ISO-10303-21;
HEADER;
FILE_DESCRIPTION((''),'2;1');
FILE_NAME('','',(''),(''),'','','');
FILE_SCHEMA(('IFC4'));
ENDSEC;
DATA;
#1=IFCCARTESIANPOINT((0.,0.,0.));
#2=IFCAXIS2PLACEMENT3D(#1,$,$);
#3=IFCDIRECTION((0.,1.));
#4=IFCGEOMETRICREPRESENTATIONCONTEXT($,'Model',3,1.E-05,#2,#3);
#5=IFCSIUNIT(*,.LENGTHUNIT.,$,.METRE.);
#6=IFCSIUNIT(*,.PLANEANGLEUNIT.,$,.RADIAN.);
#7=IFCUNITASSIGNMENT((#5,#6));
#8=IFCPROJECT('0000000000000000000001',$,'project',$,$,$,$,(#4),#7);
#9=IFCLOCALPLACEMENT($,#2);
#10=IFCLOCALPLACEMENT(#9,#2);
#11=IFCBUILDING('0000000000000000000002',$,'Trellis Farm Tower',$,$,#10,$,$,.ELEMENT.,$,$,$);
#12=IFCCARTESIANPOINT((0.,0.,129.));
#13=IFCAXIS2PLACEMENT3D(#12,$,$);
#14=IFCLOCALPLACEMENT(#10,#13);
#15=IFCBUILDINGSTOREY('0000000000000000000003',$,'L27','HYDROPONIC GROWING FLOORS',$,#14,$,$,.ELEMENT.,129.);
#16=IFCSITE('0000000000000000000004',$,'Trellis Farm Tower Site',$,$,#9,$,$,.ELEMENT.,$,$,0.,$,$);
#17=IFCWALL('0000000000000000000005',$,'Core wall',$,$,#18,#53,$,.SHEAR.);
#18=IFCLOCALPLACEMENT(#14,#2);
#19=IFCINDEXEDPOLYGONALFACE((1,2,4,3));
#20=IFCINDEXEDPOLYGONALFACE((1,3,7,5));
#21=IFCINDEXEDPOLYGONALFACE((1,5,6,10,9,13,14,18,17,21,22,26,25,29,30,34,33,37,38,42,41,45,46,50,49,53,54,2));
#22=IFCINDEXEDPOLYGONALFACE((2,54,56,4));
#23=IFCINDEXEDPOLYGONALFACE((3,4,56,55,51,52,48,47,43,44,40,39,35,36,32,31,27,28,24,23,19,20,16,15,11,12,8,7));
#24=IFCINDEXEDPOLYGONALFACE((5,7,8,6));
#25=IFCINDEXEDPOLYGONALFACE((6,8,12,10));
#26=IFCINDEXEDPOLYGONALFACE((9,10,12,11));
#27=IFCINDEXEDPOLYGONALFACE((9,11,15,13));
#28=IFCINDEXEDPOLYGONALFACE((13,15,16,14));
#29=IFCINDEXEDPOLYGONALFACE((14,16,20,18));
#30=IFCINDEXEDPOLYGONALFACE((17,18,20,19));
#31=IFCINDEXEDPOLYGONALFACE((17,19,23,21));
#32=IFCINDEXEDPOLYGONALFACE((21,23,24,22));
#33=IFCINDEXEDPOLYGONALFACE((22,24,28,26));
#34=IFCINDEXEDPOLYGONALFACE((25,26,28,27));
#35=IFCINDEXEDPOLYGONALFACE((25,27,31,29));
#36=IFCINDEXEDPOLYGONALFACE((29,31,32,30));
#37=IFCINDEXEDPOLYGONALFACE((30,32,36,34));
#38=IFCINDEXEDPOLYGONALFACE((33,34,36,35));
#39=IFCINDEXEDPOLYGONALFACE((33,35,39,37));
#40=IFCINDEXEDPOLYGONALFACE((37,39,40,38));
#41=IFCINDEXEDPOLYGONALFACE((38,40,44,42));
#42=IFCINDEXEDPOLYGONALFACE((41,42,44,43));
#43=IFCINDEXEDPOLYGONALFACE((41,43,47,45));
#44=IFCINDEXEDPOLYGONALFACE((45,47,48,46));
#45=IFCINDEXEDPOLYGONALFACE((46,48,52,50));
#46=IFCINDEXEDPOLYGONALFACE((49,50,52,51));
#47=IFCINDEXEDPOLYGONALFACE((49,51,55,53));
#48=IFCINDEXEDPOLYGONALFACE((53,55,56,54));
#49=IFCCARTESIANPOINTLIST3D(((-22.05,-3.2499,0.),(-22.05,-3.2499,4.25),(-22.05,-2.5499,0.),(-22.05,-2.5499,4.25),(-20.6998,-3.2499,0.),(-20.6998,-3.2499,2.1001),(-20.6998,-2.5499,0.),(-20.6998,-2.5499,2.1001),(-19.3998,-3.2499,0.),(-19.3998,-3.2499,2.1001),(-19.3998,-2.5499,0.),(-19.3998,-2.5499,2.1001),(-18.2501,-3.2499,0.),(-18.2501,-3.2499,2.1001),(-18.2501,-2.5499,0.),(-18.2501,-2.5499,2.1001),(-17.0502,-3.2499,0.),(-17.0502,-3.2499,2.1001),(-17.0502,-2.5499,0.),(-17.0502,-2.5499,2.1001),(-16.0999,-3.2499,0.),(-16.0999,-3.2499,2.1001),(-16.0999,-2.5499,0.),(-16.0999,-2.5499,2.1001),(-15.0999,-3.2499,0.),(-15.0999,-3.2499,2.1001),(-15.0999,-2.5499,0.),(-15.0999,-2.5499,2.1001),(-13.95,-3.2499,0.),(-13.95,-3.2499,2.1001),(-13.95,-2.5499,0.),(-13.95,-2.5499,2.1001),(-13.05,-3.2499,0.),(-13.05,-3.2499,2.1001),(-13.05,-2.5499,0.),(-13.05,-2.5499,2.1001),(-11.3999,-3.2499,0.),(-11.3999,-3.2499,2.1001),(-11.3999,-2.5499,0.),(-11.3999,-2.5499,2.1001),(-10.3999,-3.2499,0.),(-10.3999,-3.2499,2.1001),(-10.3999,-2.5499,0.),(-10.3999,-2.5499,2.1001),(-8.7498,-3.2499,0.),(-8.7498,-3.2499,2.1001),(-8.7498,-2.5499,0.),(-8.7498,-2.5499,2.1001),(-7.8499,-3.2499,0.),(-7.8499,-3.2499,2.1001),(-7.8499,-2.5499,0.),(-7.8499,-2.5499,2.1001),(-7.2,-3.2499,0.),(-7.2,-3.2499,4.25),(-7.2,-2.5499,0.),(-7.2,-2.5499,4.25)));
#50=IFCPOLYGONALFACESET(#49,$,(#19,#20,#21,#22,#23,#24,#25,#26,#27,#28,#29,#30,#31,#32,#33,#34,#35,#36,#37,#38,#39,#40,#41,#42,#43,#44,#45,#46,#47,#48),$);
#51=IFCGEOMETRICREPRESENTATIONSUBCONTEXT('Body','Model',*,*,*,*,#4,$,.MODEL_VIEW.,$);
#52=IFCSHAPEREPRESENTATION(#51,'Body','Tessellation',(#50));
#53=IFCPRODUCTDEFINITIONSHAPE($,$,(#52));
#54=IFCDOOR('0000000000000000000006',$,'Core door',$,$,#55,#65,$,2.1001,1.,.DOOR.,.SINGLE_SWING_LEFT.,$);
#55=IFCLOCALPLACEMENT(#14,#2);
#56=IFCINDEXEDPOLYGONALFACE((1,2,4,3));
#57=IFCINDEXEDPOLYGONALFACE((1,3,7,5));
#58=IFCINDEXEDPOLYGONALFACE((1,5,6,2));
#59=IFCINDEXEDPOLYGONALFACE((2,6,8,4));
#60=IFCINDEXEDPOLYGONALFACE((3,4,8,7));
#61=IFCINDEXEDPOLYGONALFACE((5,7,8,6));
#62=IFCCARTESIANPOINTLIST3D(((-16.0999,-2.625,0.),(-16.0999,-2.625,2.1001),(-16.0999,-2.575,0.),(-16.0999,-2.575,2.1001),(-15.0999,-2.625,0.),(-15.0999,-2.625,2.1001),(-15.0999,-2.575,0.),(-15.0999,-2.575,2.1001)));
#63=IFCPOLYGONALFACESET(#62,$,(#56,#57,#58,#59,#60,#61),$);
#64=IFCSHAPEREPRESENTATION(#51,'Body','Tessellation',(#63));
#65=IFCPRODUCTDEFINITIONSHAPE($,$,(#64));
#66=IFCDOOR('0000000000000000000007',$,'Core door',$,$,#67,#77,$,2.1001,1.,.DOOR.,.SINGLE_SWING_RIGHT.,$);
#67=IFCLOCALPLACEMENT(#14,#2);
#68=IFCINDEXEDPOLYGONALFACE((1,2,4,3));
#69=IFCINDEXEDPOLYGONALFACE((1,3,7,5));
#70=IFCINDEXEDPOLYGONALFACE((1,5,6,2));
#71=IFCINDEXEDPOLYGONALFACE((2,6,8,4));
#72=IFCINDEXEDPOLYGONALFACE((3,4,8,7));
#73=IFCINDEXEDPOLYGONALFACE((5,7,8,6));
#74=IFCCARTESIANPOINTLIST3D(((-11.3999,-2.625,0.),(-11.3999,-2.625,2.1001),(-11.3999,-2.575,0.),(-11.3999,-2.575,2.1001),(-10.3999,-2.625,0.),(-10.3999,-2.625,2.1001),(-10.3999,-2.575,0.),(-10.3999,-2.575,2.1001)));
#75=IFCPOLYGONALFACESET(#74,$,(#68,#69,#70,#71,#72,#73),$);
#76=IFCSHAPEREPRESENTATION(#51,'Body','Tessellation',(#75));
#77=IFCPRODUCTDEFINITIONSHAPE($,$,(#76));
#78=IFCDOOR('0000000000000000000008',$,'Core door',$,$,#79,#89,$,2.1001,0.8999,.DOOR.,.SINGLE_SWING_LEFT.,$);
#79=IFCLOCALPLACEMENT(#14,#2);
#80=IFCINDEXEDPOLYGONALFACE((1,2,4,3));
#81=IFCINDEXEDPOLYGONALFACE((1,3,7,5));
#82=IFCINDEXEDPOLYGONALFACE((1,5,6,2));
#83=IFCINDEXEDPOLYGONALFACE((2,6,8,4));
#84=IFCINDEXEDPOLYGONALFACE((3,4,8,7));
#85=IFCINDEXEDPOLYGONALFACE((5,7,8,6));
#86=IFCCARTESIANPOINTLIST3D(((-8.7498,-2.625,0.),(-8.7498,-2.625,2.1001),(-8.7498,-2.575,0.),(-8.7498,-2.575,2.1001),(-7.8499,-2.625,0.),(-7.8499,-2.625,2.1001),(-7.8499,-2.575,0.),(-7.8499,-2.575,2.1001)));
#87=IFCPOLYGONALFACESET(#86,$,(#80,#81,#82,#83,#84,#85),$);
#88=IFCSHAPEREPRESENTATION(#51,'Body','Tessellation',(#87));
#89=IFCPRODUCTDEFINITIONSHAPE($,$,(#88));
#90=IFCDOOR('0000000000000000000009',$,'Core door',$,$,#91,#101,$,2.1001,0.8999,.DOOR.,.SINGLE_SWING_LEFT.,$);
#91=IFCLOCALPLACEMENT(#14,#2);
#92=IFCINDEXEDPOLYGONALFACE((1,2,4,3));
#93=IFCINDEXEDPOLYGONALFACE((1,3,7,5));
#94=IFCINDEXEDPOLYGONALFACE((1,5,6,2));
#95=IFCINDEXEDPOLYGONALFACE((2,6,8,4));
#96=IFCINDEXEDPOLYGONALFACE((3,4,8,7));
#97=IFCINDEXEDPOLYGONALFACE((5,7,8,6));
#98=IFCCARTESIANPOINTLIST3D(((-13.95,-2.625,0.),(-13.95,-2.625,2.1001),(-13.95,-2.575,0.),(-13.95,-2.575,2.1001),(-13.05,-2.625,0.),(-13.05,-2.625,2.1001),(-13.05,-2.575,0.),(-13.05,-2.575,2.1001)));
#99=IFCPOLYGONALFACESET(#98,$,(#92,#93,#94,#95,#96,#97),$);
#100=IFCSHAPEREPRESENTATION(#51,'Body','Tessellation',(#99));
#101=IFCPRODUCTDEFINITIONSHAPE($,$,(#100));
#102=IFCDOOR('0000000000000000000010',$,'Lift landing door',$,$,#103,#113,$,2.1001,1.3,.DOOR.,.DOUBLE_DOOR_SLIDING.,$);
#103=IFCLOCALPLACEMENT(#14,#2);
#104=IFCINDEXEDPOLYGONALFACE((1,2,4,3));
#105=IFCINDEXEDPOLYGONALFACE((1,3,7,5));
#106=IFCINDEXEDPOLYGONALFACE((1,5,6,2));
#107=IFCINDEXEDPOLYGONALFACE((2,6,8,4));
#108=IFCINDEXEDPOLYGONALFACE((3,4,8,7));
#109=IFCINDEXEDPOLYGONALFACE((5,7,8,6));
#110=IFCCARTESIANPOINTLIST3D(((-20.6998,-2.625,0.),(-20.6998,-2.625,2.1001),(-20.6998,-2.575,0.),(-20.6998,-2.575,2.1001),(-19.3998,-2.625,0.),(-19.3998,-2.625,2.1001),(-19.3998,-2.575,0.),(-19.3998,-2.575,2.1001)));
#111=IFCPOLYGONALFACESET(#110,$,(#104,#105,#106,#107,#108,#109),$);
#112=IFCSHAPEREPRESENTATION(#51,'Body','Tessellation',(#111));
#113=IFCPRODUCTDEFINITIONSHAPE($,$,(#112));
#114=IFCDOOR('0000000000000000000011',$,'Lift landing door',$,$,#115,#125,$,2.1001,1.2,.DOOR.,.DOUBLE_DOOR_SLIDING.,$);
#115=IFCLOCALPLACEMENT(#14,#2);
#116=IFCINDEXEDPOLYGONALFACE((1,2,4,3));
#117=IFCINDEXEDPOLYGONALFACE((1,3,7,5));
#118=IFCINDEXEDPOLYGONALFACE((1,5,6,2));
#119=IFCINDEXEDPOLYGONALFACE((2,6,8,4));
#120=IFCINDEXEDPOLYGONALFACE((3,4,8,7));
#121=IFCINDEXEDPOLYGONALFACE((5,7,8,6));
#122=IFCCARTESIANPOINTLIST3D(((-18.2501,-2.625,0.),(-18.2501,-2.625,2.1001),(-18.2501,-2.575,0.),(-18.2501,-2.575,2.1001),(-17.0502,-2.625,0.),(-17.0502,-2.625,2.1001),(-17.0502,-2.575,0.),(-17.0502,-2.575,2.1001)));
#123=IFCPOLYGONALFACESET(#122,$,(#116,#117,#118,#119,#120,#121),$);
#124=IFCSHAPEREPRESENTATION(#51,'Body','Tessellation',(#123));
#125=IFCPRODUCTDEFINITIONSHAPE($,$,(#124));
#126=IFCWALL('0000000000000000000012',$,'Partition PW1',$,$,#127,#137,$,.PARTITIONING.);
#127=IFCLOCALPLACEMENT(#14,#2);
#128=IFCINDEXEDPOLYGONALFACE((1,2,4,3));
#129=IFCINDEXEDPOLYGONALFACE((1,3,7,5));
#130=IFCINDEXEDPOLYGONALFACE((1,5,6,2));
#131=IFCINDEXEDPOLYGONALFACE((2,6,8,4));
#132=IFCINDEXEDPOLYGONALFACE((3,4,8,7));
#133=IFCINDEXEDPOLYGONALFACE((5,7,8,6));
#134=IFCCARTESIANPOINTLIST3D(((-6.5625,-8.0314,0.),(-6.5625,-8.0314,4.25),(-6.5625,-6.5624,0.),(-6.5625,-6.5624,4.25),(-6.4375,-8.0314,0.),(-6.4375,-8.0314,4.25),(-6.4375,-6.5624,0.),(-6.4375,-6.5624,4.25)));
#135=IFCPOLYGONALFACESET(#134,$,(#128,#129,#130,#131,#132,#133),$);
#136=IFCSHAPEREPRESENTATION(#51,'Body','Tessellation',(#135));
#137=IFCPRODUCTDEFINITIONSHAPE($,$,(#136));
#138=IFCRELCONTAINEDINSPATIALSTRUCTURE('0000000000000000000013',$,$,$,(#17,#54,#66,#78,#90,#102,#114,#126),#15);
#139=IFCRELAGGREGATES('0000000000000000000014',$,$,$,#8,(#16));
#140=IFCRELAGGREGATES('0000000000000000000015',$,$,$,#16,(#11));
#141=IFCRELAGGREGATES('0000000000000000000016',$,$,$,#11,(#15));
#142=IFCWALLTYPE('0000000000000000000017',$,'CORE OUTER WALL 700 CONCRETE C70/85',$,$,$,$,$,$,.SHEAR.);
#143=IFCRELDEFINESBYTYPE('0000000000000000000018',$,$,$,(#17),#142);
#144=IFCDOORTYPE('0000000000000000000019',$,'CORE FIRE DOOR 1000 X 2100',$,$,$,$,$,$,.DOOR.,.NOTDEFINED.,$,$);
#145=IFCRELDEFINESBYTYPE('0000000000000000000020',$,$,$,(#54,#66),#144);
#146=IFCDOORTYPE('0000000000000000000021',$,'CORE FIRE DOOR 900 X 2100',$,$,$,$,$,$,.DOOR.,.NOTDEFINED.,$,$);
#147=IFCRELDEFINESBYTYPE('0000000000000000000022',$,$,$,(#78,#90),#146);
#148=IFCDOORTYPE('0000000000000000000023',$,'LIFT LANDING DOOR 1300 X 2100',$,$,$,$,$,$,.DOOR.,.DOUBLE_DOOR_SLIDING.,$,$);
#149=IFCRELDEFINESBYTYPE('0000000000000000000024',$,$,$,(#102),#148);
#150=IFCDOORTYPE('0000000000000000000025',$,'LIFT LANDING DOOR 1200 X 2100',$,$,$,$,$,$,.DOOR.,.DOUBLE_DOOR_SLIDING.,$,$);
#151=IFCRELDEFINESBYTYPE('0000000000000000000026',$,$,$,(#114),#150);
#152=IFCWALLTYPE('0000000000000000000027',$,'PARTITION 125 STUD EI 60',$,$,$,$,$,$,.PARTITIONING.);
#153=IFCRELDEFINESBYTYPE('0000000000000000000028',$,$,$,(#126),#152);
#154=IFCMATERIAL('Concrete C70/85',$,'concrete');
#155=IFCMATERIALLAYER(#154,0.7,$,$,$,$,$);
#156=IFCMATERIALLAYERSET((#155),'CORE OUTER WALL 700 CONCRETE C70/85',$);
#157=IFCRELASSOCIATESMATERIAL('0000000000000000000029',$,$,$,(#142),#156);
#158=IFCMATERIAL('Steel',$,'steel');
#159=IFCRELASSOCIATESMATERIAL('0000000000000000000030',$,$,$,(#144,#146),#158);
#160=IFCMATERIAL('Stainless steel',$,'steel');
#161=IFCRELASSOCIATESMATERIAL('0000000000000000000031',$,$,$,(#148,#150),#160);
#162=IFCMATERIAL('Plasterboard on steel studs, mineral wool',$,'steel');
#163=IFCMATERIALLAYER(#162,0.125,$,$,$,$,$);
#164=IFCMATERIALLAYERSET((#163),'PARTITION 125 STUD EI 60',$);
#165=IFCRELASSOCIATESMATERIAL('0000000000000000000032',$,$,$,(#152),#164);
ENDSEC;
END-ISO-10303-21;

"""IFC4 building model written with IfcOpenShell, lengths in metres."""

from ifc_helpers import new_model, si_unit, direction, frame, frame_2d, origin, place, context, subcontext, project, spatial, rectangle, extrude, source, transform, mapped, material, layer, layer_set, type_object, element, fill, save


model = new_model("IFC4")

# Units and contexts
model_context = context("Model", 3, precision=1e-05, world=origin(), true_north=direction((0.0, 1.0)))
body_context = subcontext(model_context, "Body", "Model", "MODEL_VIEW")
ifc_project = project(units=[si_unit("LENGTHUNIT", "METRE"), si_unit("PLANEANGLEUNIT", "RADIAN")], contexts=[model_context])

# Site, building, storey
site_placement = place(None, origin())
site = spatial("IfcSite", under=ifc_project, at=site_placement, Name="Trellis Farm Tower Site", CompositionType="ELEMENT", RefElevation=0.0)
building_placement = place(site_placement, origin())
building = spatial("IfcBuilding", under=site, at=building_placement, Name="Trellis Farm Tower", CompositionType="ELEMENT")
storey_placement = place(building_placement, frame((0.0, 0.0, 129.0)))
storey = spatial("IfcBuildingStorey", under=building, at=storey_placement, Name="L27", Description="HYDROPONIC GROWING FLOORS", CompositionType="ELEMENT", Elevation=129.0)

# Shared definitions
ifc_material_1 = material(Name="Concrete C70/85", Category="concrete")

# Wall, openings, doors
ifc_layer_1 = layer(ifc_material_1, 0.7)
ifc_layer_set_1 = layer_set([ifc_layer_1], Name="CORE OUTER WALL 700 CONCRETE C70/85")
wall_type_1 = type_object("IfcWallType", Name="CORE OUTER WALL 700 CONCRETE C70/85", PredefinedType="SHEAR", material=ifc_layer_set_1)
shared_shape_1 = source(origin(), body_context, "Body", "SweptSolid", [
    extrude(rectangle(XDim=14.8501, YDim=0.7, at=frame_2d((7.425, 0.0))), origin(), (0.0, 0.0, 1.0), 4.25),
])
wall_1_placement = place(storey_placement, frame((-7.2, -2.8999, 0.0), z_axis=(0.0, 0.0, 1.0), x_axis=(-1.0, 0.0, 0.0)))
wall_1 = element("IfcWall", 1, at=wall_1_placement, inside=storey, type_object=wall_type_1, Name="Core wall", PredefinedType="SHEAR", context=body_context, shape_type="MappedRepresentation", body=[
    mapped(shared_shape_1, transform((0.0, 0.0, 0.0))),
])
shared_shape_2 = source(origin(), body_context, "Body", "SweptSolid", [
    extrude(rectangle(XDim=1.3, YDim=2.1001, at=frame_2d((0.6499, 1.05))), frame((0.0, 0.3601, 0.0), z_axis=(0.0, -1.0, 0.0), x_axis=(1.0, 0.0, 0.0)), (0.0, 0.0, 1.0), 0.7202),
])
opening_1_placement = place(wall_1_placement, frame((12.2, 0.0, 0.0)))
opening_1 = element("IfcOpeningElement", 2, at=opening_1_placement, cuts=wall_1, PredefinedType="OPENING", context=body_context, shape_type="MappedRepresentation", body=[
    mapped(shared_shape_2, transform((0.0, 0.0, 0.0))),
])
shared_shape_3 = source(origin(), body_context, "Body", "SweptSolid", [
    extrude(rectangle(XDim=1.2, YDim=2.1001, at=frame_2d((0.6001, 1.05))), frame((0.0, 0.3601, 0.0), z_axis=(0.0, -1.0, 0.0), x_axis=(1.0, 0.0, 0.0)), (0.0, 0.0, 1.0), 0.7202),
])
opening_2_placement = place(wall_1_placement, frame((9.8501, 0.0, 0.0)))
opening_2 = element("IfcOpeningElement", 3, at=opening_2_placement, cuts=wall_1, PredefinedType="OPENING", context=body_context, shape_type="MappedRepresentation", body=[
    mapped(shared_shape_3, transform((0.0, 0.0, 0.0))),
])
shared_shape_4 = source(origin(), body_context, "Body", "SweptSolid", [
    extrude(rectangle(XDim=1.0, YDim=2.1001, at=frame_2d((0.5, 1.05))), frame((0.0, 0.3601, 0.0), z_axis=(0.0, -1.0, 0.0), x_axis=(1.0, 0.0, 0.0)), (0.0, 0.0, 1.0), 0.7202),
])
opening_3_placement = place(wall_1_placement, frame((7.8999, 0.0, 0.0)))
opening_3 = element("IfcOpeningElement", 4, at=opening_3_placement, cuts=wall_1, PredefinedType="OPENING", context=body_context, shape_type="MappedRepresentation", body=[
    mapped(shared_shape_4, transform((0.0, 0.0, 0.0))),
])
shared_shape_5 = source(origin(), body_context, "Body", "SweptSolid", [
    extrude(rectangle(XDim=0.8999, YDim=2.1001, at=frame_2d((0.45, 1.05))), frame((0.0, 0.3601, 0.0), z_axis=(0.0, -1.0, 0.0), x_axis=(1.0, 0.0, 0.0)), (0.0, 0.0, 1.0), 0.7202),
])
opening_4_placement = place(wall_1_placement, frame((0.6499, 0.0, 0.0)))
opening_4 = element("IfcOpeningElement", 5, at=opening_4_placement, cuts=wall_1, PredefinedType="OPENING", context=body_context, shape_type="MappedRepresentation", body=[
    mapped(shared_shape_5, transform((0.0, 0.0, 0.0))),
])
opening_5_placement = place(wall_1_placement, frame((3.2, 0.0, 0.0)))
opening_5 = element("IfcOpeningElement", 6, at=opening_5_placement, cuts=wall_1, PredefinedType="OPENING", context=body_context, shape_type="MappedRepresentation", body=[
    mapped(shared_shape_4, transform((0.0, 0.0, 0.0))),
])
opening_6_placement = place(wall_1_placement, frame((5.8501, 0.0, 0.0)))
opening_6 = element("IfcOpeningElement", 7, at=opening_6_placement, cuts=wall_1, PredefinedType="OPENING", context=body_context, shape_type="MappedRepresentation", body=[
    mapped(shared_shape_5, transform((0.0, 0.0, 0.0))),
])
ifc_material_2 = material(Name="Steel", Category="steel")
door_type_1 = type_object("IfcDoorType", Name="CORE FIRE DOOR 1000 X 2100", OperationType="NOTDEFINED", PredefinedType="DOOR", material=ifc_material_2)
shared_shape_6 = source(origin(), body_context, "Body", "SweptSolid", [
    extrude(rectangle(XDim=1.0, YDim=2.1001, at=frame_2d((0.5, 1.05))), frame((0.0, -0.2749, 0.0), z_axis=(0.0, -1.0, 0.0), x_axis=(1.0, 0.0, 0.0)), (0.0, 0.0, 1.0), 0.05),
])
door_1_placement = place(opening_3_placement, origin())
door_1 = element("IfcDoor", 8, at=door_1_placement, inside=storey, type_object=door_type_1, Name="Core door", OperationType="SINGLE_SWING_LEFT", OverallHeight=2.1001, OverallWidth=1.0, PredefinedType="DOOR", context=body_context, shape_type="MappedRepresentation", body=[
    mapped(shared_shape_6, transform((0.0, 0.0, 0.0))),
])
fill(opening_3, door_1)
door_2_placement = place(opening_5_placement, origin())
door_2 = element("IfcDoor", 9, at=door_2_placement, inside=storey, type_object=door_type_1, Name="Core door", OperationType="SINGLE_SWING_RIGHT", OverallHeight=2.1001, OverallWidth=1.0, PredefinedType="DOOR", context=body_context, shape_type="MappedRepresentation", body=[
    mapped(shared_shape_6, transform((0.0, 0.0, 0.0))),
])
fill(opening_5, door_2)
door_type_2 = type_object("IfcDoorType", Name="CORE FIRE DOOR 900 X 2100", OperationType="NOTDEFINED", PredefinedType="DOOR", material=ifc_material_2)
shared_shape_7 = source(origin(), body_context, "Body", "SweptSolid", [
    extrude(rectangle(XDim=0.8999, YDim=2.1001, at=frame_2d((0.45, 1.05))), frame((0.0, -0.2749, 0.0), z_axis=(0.0, -1.0, 0.0), x_axis=(1.0, 0.0, 0.0)), (0.0, 0.0, 1.0), 0.05),
])
door_3_placement = place(opening_4_placement, origin())
door_3 = element("IfcDoor", 10, at=door_3_placement, inside=storey, type_object=door_type_2, Name="Core door", OperationType="SINGLE_SWING_LEFT", OverallHeight=2.1001, OverallWidth=0.8999, PredefinedType="DOOR", context=body_context, shape_type="MappedRepresentation", body=[
    mapped(shared_shape_7, transform((0.0, 0.0, 0.0))),
])
fill(opening_4, door_3)
door_4_placement = place(opening_6_placement, origin())
door_4 = element("IfcDoor", 11, at=door_4_placement, inside=storey, type_object=door_type_2, Name="Core door", OperationType="SINGLE_SWING_LEFT", OverallHeight=2.1001, OverallWidth=0.8999, PredefinedType="DOOR", context=body_context, shape_type="MappedRepresentation", body=[
    mapped(shared_shape_7, transform((0.0, 0.0, 0.0))),
])
fill(opening_6, door_4)
ifc_material_3 = material(Name="Stainless steel", Category="steel")
door_type_3 = type_object("IfcDoorType", Name="LIFT LANDING DOOR 1300 X 2100", OperationType="DOUBLE_DOOR_SLIDING", PredefinedType="DOOR", material=ifc_material_3)
shared_shape_8 = source(origin(), body_context, "Body", "SweptSolid", [
    extrude(rectangle(XDim=1.3, YDim=2.1001, at=frame_2d((0.6499, 1.05))), frame((0.0, -0.2749, 0.0), z_axis=(0.0, -1.0, 0.0), x_axis=(1.0, 0.0, 0.0)), (0.0, 0.0, 1.0), 0.05),
])
door_5_placement = place(opening_1_placement, origin())
door_5 = element("IfcDoor", 12, at=door_5_placement, inside=storey, type_object=door_type_3, Name="Lift landing door", OperationType="DOUBLE_DOOR_SLIDING", OverallHeight=2.1001, OverallWidth=1.3, PredefinedType="DOOR", context=body_context, shape_type="MappedRepresentation", body=[
    mapped(shared_shape_8, transform((0.0, 0.0, 0.0))),
])
fill(opening_1, door_5)
door_type_4 = type_object("IfcDoorType", Name="LIFT LANDING DOOR 1200 X 2100", OperationType="DOUBLE_DOOR_SLIDING", PredefinedType="DOOR", material=ifc_material_3)
shared_shape_9 = source(origin(), body_context, "Body", "SweptSolid", [
    extrude(rectangle(XDim=1.2, YDim=2.1001, at=frame_2d((0.6001, 1.05))), frame((0.0, -0.2749, 0.0), z_axis=(0.0, -1.0, 0.0), x_axis=(1.0, 0.0, 0.0)), (0.0, 0.0, 1.0), 0.05),
])
door_6_placement = place(opening_2_placement, origin())
door_6 = element("IfcDoor", 13, at=door_6_placement, inside=storey, type_object=door_type_4, Name="Lift landing door", OperationType="DOUBLE_DOOR_SLIDING", OverallHeight=2.1001, OverallWidth=1.2, PredefinedType="DOOR", context=body_context, shape_type="MappedRepresentation", body=[
    mapped(shared_shape_9, transform((0.0, 0.0, 0.0))),
])
fill(opening_2, door_6)

# Wall
ifc_material_4 = material(Name="Plasterboard on steel studs, mineral wool", Category="steel")
ifc_layer_2 = layer(ifc_material_4, 0.125)
ifc_layer_set_2 = layer_set([ifc_layer_2], Name="PARTITION 125 STUD EI 60")
wall_type_2 = type_object("IfcWallType", Name="PARTITION 125 STUD EI 60", PredefinedType="PARTITIONING", material=ifc_layer_set_2)
shared_shape_10 = source(origin(), body_context, "Body", "SweptSolid", [
    extrude(rectangle(XDim=1.469, YDim=0.125, at=frame_2d((0.7344, 0.0))), origin(), (0.0, 0.0, 1.0), 4.25),
])
wall_2_placement = place(storey_placement, frame((-6.5, -6.5625, 0.0), z_axis=(0.0, 0.0, 1.0), x_axis=(0.0, -1.0, 0.0)))
element("IfcWall", 14, at=wall_2_placement, inside=storey, type_object=wall_type_2, Name="Partition PW1", PredefinedType="PARTITIONING", context=body_context, shape_type="MappedRepresentation", body=[
    mapped(shared_shape_10, transform((0.0, 0.0, 0.0))),
])

save(model, "model.ifc")
